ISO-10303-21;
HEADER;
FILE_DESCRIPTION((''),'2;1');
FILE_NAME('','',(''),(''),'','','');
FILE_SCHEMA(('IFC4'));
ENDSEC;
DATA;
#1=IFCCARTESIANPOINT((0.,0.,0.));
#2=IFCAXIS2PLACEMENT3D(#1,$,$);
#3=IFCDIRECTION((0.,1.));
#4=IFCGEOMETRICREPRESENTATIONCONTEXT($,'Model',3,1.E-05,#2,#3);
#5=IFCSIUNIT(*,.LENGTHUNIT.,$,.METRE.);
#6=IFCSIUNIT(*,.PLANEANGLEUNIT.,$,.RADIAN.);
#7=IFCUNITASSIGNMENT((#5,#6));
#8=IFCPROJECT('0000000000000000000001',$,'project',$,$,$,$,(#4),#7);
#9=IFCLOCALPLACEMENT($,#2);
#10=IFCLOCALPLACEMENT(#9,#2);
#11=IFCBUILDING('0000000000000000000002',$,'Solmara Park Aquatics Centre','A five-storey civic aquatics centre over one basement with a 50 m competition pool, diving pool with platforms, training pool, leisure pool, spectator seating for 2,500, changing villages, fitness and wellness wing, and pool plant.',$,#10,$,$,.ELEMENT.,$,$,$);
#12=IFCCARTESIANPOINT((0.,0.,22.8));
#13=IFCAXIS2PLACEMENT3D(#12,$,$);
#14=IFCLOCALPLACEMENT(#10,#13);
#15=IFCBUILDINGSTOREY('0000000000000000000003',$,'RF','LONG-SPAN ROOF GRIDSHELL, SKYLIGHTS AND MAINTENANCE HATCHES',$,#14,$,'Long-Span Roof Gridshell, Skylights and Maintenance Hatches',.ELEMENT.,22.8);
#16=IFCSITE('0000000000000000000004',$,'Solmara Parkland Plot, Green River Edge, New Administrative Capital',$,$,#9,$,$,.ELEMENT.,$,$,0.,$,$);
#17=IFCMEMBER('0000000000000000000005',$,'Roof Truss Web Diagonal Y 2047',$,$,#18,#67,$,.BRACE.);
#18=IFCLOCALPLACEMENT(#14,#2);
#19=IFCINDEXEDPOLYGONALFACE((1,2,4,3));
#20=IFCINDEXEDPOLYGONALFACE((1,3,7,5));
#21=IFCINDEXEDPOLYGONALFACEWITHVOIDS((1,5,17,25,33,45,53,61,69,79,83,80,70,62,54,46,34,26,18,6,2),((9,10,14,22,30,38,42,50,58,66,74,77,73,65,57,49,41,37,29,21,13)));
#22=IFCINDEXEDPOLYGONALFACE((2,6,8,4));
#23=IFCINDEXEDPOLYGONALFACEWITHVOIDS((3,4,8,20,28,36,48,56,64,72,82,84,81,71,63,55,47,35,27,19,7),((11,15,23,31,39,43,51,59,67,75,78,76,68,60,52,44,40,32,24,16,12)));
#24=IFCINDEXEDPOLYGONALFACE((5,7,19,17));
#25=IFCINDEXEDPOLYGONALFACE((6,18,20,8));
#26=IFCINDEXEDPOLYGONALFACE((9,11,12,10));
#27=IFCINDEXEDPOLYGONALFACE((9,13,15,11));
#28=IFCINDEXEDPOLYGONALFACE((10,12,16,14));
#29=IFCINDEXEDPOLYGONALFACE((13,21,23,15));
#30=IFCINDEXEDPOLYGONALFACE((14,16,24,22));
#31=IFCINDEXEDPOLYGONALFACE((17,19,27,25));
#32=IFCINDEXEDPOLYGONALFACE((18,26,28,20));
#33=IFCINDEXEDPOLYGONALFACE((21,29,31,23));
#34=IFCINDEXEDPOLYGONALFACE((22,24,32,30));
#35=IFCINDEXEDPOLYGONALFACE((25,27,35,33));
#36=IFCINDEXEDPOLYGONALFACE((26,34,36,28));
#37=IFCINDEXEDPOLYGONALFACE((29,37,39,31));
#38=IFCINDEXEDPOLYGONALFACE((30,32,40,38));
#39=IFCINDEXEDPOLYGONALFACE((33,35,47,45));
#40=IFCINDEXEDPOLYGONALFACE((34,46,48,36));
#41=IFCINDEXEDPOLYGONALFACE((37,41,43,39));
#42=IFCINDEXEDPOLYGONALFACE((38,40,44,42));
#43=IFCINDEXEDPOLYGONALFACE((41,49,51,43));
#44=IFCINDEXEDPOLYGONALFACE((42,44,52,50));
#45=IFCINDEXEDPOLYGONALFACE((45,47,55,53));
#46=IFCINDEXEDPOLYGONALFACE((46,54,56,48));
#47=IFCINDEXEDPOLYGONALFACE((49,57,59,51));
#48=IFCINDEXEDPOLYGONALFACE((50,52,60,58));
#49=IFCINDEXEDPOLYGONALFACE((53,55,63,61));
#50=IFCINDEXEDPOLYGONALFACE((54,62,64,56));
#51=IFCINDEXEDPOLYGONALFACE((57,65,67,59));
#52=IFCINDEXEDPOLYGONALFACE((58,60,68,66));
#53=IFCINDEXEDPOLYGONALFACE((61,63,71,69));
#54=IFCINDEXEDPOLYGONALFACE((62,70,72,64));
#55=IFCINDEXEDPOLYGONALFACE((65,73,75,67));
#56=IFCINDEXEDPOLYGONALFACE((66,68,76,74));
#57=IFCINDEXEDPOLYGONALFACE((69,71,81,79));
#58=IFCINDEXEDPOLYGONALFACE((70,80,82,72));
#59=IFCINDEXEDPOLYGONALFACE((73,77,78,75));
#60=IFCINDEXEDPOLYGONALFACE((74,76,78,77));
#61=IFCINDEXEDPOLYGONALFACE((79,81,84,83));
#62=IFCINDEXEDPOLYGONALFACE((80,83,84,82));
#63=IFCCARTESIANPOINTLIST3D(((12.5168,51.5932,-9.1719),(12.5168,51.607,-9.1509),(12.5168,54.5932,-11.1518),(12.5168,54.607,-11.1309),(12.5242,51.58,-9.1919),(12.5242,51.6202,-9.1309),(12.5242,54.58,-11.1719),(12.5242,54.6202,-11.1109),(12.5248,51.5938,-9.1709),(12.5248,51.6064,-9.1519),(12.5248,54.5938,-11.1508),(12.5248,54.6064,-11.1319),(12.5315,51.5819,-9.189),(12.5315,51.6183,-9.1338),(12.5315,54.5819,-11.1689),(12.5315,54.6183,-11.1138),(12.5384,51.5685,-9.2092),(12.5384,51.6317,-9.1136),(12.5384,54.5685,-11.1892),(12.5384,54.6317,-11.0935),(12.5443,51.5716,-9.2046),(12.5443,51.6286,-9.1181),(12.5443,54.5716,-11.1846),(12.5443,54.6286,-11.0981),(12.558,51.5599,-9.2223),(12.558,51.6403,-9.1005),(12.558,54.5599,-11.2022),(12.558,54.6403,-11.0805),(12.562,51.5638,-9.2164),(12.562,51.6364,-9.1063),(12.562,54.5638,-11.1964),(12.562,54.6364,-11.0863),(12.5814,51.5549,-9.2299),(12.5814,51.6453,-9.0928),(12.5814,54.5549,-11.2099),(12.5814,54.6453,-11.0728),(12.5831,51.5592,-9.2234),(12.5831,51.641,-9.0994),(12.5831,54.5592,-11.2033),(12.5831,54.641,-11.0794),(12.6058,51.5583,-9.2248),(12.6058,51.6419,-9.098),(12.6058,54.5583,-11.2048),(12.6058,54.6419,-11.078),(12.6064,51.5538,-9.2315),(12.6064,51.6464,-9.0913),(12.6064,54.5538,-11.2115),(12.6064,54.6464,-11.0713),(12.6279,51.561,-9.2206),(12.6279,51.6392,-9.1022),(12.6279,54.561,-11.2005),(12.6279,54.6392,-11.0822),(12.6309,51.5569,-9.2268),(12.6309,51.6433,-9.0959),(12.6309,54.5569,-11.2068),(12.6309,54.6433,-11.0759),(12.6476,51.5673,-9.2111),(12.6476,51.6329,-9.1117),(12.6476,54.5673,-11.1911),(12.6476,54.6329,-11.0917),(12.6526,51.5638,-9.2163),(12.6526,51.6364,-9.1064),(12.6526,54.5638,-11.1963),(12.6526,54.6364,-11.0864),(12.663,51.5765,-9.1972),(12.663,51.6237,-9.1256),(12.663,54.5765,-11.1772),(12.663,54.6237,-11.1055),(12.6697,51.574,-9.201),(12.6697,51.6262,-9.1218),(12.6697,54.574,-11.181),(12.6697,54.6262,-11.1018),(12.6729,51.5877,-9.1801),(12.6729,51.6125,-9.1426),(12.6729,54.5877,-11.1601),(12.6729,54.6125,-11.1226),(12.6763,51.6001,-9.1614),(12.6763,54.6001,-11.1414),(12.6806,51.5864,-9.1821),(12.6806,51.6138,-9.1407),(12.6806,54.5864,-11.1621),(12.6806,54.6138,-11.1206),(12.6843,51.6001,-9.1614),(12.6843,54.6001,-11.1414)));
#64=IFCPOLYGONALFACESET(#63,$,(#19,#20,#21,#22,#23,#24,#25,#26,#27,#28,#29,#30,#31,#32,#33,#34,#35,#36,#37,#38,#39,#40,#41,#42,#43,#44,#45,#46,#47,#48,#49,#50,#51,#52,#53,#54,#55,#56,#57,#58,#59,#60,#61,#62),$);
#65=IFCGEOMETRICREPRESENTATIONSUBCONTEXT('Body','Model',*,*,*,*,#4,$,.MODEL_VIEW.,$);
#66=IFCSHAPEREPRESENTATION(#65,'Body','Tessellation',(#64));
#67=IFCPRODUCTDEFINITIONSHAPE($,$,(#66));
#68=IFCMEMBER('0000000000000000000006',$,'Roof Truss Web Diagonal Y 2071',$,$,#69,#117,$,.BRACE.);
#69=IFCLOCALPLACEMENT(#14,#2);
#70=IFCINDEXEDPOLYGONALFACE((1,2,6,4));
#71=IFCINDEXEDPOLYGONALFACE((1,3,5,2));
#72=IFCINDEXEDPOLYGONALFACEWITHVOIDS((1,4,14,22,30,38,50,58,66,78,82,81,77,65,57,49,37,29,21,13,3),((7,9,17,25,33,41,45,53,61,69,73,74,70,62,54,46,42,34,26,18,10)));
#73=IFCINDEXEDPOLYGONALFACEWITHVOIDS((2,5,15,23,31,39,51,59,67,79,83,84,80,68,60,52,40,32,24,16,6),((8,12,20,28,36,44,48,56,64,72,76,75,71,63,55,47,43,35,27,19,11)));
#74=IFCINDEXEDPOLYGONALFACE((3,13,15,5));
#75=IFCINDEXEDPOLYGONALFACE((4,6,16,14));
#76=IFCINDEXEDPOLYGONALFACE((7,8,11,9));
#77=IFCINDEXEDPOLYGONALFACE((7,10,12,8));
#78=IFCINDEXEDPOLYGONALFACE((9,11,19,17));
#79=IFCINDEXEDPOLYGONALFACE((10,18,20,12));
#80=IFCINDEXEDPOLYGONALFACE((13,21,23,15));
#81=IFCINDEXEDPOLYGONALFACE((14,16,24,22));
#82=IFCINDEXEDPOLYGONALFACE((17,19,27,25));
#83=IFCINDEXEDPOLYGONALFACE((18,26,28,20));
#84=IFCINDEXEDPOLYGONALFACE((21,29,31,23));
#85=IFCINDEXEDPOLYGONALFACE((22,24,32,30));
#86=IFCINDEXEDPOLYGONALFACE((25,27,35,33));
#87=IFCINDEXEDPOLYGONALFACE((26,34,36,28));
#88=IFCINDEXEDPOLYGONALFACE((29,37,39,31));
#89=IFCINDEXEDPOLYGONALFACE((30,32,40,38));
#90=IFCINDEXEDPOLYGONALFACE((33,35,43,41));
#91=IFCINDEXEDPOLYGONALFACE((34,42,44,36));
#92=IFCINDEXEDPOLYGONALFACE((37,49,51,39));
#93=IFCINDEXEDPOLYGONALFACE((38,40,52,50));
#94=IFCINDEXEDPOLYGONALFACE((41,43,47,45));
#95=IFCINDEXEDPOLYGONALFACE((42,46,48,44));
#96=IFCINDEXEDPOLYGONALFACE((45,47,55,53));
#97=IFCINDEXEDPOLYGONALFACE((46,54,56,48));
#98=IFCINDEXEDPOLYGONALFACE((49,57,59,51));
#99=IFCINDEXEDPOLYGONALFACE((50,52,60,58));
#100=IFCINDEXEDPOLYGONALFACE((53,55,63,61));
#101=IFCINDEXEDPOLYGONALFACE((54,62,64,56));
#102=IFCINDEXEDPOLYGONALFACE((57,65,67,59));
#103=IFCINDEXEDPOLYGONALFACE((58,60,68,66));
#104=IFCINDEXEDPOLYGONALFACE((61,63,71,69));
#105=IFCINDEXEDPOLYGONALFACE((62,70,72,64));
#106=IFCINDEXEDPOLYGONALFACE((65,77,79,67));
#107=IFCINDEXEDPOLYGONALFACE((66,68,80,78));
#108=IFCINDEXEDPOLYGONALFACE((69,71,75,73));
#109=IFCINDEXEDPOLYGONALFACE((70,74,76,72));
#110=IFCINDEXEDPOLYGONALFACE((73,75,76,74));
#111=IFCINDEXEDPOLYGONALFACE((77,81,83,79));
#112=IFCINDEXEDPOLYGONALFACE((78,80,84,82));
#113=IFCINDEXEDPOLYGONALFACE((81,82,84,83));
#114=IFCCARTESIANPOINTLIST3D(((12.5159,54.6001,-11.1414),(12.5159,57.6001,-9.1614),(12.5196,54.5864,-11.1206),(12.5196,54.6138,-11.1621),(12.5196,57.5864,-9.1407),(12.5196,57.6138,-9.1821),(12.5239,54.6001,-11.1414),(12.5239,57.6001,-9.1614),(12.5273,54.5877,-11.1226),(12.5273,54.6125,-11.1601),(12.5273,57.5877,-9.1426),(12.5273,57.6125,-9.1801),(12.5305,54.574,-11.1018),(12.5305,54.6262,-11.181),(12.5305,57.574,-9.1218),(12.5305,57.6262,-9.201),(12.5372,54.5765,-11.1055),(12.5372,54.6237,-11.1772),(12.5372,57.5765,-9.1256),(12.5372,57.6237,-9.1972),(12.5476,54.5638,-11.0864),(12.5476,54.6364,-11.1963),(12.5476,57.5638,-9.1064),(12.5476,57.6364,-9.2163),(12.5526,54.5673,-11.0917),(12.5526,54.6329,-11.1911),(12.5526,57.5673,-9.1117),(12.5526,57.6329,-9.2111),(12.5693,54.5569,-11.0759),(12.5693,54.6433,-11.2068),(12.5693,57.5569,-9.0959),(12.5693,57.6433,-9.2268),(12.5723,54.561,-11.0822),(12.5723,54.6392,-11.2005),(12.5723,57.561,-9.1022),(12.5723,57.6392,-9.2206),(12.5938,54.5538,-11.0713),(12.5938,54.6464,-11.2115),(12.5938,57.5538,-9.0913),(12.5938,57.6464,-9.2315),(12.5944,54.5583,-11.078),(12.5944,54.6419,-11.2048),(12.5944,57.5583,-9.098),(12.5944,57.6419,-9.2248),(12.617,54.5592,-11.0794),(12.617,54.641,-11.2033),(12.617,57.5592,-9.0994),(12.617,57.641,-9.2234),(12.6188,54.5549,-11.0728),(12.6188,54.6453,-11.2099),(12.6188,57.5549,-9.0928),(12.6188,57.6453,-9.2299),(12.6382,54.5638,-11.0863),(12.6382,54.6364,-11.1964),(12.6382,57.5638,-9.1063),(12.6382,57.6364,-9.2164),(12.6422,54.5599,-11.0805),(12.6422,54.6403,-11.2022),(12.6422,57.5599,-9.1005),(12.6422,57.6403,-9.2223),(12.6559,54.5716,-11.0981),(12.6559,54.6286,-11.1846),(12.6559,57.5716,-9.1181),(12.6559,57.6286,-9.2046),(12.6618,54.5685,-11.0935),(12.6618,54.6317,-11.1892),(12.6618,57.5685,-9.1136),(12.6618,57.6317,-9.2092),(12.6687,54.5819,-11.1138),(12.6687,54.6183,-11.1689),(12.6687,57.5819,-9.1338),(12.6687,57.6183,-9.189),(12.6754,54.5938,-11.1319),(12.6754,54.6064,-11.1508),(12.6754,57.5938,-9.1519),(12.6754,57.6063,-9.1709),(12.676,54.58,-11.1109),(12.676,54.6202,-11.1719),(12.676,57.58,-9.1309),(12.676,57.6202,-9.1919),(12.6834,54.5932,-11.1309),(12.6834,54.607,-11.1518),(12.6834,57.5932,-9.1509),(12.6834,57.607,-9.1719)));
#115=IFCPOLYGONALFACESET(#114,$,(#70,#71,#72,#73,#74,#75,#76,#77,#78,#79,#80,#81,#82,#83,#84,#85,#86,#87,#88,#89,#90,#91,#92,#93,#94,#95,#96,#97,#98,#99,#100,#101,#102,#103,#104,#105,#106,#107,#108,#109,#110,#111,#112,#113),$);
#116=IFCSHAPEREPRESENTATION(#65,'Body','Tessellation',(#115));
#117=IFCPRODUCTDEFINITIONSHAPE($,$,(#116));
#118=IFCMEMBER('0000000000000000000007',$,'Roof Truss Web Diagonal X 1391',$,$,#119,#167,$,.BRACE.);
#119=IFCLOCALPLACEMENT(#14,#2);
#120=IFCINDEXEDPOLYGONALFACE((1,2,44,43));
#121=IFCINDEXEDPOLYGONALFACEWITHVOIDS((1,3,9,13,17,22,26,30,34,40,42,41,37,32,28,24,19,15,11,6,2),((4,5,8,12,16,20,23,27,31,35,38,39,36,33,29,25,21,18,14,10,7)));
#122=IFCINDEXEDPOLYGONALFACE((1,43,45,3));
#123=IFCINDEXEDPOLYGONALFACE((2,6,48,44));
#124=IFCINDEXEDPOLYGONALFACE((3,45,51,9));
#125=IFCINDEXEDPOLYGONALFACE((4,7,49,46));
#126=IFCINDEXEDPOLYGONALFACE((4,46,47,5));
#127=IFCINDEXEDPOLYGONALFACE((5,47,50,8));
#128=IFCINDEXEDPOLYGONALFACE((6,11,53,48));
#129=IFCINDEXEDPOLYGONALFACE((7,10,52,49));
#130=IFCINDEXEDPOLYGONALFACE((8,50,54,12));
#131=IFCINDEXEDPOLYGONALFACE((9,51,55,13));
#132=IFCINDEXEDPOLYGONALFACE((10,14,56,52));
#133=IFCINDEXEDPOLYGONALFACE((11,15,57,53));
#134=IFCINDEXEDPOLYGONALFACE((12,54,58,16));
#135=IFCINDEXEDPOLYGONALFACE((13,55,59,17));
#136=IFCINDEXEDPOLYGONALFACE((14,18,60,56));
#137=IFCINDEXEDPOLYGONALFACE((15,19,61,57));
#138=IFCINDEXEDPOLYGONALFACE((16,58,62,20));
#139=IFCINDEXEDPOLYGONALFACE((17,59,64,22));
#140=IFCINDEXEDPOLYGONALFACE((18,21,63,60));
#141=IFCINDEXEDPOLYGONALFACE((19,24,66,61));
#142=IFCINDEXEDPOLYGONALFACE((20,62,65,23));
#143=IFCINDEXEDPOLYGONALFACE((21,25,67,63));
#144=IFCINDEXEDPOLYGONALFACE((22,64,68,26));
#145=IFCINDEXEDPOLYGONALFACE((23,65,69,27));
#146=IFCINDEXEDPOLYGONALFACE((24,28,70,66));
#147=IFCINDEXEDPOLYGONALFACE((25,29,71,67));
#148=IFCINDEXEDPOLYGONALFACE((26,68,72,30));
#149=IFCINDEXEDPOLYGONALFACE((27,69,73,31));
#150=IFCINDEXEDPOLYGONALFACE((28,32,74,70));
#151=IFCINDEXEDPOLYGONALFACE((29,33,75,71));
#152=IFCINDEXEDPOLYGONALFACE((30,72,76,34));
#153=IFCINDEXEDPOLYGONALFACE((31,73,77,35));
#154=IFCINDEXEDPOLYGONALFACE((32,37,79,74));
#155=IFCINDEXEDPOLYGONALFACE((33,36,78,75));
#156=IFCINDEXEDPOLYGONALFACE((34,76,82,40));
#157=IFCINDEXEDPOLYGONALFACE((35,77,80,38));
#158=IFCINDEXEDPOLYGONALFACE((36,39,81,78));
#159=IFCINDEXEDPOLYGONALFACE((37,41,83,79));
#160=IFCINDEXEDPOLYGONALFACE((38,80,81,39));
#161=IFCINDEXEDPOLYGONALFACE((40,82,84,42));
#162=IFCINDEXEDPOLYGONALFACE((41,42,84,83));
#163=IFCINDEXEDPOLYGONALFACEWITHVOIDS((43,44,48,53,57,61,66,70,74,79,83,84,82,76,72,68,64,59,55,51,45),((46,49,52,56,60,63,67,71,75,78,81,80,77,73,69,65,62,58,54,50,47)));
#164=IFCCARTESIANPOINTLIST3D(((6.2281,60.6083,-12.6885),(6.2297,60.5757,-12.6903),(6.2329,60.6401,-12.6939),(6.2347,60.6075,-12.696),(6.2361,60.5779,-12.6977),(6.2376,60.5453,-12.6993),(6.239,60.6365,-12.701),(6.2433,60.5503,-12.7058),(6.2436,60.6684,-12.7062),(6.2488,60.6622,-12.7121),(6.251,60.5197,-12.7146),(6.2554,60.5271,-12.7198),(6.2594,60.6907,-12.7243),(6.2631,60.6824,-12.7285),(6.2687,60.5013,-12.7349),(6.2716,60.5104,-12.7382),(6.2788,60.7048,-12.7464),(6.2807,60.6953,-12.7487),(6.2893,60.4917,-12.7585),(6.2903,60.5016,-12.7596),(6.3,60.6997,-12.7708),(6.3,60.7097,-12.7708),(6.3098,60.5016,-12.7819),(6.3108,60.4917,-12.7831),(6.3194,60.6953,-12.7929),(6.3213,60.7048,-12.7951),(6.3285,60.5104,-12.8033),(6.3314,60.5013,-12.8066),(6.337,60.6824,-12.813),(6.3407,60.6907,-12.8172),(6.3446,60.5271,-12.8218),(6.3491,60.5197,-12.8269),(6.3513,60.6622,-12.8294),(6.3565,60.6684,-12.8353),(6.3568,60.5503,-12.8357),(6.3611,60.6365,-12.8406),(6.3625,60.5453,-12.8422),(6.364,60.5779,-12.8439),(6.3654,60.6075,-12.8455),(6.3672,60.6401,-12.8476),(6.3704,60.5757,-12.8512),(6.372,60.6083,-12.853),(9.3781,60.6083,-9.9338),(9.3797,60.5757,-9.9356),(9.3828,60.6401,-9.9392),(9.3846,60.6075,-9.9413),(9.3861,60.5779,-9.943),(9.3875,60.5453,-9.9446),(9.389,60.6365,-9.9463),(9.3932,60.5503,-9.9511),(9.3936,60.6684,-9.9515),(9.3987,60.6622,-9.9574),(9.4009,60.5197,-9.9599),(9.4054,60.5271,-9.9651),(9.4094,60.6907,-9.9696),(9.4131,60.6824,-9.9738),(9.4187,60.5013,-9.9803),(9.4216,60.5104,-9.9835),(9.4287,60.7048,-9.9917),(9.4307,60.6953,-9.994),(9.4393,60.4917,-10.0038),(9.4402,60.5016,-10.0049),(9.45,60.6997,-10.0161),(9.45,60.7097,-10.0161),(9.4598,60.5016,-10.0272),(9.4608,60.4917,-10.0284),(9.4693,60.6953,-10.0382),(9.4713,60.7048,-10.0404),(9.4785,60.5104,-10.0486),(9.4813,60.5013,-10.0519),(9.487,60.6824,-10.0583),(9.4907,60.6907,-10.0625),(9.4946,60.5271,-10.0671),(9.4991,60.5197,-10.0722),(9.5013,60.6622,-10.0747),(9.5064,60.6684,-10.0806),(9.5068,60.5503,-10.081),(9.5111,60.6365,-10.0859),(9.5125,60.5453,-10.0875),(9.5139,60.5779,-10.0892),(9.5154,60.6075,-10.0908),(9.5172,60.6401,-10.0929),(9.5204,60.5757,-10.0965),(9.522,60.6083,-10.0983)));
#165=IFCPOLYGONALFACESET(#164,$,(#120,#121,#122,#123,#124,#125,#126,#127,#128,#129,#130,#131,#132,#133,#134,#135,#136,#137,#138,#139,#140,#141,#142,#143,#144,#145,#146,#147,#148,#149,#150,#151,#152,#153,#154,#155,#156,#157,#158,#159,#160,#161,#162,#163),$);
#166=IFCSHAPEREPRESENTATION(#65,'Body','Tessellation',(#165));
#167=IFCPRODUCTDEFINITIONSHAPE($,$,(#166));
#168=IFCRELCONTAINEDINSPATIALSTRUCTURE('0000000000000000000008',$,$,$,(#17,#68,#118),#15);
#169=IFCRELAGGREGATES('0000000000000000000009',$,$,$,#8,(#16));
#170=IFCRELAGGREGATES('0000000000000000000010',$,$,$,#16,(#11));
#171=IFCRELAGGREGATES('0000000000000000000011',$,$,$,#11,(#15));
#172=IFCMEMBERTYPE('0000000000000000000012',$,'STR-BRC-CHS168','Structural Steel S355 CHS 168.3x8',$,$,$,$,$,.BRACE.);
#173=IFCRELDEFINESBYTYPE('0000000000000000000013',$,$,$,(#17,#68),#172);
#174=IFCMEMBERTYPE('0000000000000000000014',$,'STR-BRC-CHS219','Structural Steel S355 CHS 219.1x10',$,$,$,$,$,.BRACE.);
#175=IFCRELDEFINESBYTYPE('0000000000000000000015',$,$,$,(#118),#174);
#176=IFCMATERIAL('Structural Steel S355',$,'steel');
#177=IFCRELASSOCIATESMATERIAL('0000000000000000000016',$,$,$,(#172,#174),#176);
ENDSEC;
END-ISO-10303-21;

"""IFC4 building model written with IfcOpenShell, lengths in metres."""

from ifc_helpers import new_model, si_unit, direction, frame, origin, origin_2d, place, context, subcontext, project, spatial, hollow_circle, extrude, material, material_profile, profile_set, type_object, element, save


model = new_model("IFC4")

# Units and contexts
model_context = context("Model", 3, precision=1e-05, world=origin(), true_north=direction((0.0, 1.0)))
body_context = subcontext(model_context, "Body", "Model", "MODEL_VIEW")
ifc_project = project(units=[si_unit("LENGTHUNIT", "METRE"), si_unit("PLANEANGLEUNIT", "RADIAN")], contexts=[model_context])

# Site, building, storey
site_placement = place(None, origin())
site = spatial("IfcSite", under=ifc_project, at=site_placement, Name="Solmara Parkland Plot, Green River Edge, New Administrative Capital", CompositionType="ELEMENT", RefElevation=0.0)
building_placement = place(site_placement, origin())
building = spatial("IfcBuilding", under=site, at=building_placement, Name="Solmara Park Aquatics Centre", Description="A five-storey civic aquatics centre over one basement with a 50 m competition pool, diving pool with platforms, training pool, leisure pool, spectator seating for 2,500, changing villages, fitness and wellness wing, and pool plant.", CompositionType="ELEMENT")
storey_placement = place(building_placement, frame((0.0, 0.0, 22.8)))
storey = spatial("IfcBuildingStorey", under=building, at=storey_placement, Name="RF", Description="LONG-SPAN ROOF GRIDSHELL, SKYLIGHTS AND MAINTENANCE HATCHES", LongName="Long-Span Roof Gridshell, Skylights and Maintenance Hatches", CompositionType="ELEMENT", Elevation=22.8)

# Members
ifc_material_1 = material(Name="Structural Steel S355", Category="steel")
ifc_material_profile_1 = material_profile(ifc_material_1, hollow_circle(Radius=0.0842, WallThickness=0.0081, at=origin_2d()), Name="CHS 168.3x8")
ifc_profile_set_1 = profile_set([ifc_material_profile_1], Name="Structural Steel S355")
member_type_1 = type_object("IfcMemberType", Name="STR-BRC-CHS168", Description="Structural Steel S355 CHS 168.3x8", PredefinedType="BRACE", material=ifc_profile_set_1)
for number, where, z_axis, x_axis, name in (
    (1, (12.6001, 54.6001, -11.1414), (0.0, -0.834612, 0.550838), (1.0, 0.0, 0.0), "Roof Truss Web Diagonal Y 2047"),
    (2, (12.6001, 54.6001, -11.1414), (0.0, 0.834612, 0.550838), (-1.0, 0.0, 0.0), "Roof Truss Web Diagonal Y 2071"),
):
    element("IfcMember", number, at=place(storey_placement, frame(where, z_axis=z_axis, x_axis=x_axis)), inside=storey, type_object=member_type_1, Name=name, PredefinedType="BRACE", context=body_context, shape_type="SweptSolid", body=[
        extrude(hollow_circle(Radius=0.0842, WallThickness=0.0081, at=origin_2d()), origin(), (0.0, 0.0, 1.0), 3.5945),
    ])
ifc_material_profile_2 = material_profile(ifc_material_1, hollow_circle(Radius=0.1096, WallThickness=0.01, at=origin_2d()), Name="CHS 219.1x10")
ifc_profile_set_2 = profile_set([ifc_material_profile_2], Name="Structural Steel S355")
member_type_2 = type_object("IfcMemberType", Name="STR-BRC-CHS219", Description="Structural Steel S355 CHS 219.1x10", PredefinedType="BRACE", material=ifc_profile_set_2)
member_1_placement = place(storey_placement, frame((6.3, 60.6001, -12.7708), z_axis=(0.752757, 0.0, 0.658298), x_axis=(0.0, 1.0, 0.0)))
element("IfcMember", 3, at=member_1_placement, inside=storey, type_object=member_type_2, Name="Roof Truss Web Diagonal X 1391", PredefinedType="BRACE", context=body_context, shape_type="SweptSolid", body=[
    extrude(hollow_circle(Radius=0.1096, WallThickness=0.01, at=origin_2d()), origin(), (0.0, 0.0, 1.0), 4.1846),
])

save(model, "model.ifc")
